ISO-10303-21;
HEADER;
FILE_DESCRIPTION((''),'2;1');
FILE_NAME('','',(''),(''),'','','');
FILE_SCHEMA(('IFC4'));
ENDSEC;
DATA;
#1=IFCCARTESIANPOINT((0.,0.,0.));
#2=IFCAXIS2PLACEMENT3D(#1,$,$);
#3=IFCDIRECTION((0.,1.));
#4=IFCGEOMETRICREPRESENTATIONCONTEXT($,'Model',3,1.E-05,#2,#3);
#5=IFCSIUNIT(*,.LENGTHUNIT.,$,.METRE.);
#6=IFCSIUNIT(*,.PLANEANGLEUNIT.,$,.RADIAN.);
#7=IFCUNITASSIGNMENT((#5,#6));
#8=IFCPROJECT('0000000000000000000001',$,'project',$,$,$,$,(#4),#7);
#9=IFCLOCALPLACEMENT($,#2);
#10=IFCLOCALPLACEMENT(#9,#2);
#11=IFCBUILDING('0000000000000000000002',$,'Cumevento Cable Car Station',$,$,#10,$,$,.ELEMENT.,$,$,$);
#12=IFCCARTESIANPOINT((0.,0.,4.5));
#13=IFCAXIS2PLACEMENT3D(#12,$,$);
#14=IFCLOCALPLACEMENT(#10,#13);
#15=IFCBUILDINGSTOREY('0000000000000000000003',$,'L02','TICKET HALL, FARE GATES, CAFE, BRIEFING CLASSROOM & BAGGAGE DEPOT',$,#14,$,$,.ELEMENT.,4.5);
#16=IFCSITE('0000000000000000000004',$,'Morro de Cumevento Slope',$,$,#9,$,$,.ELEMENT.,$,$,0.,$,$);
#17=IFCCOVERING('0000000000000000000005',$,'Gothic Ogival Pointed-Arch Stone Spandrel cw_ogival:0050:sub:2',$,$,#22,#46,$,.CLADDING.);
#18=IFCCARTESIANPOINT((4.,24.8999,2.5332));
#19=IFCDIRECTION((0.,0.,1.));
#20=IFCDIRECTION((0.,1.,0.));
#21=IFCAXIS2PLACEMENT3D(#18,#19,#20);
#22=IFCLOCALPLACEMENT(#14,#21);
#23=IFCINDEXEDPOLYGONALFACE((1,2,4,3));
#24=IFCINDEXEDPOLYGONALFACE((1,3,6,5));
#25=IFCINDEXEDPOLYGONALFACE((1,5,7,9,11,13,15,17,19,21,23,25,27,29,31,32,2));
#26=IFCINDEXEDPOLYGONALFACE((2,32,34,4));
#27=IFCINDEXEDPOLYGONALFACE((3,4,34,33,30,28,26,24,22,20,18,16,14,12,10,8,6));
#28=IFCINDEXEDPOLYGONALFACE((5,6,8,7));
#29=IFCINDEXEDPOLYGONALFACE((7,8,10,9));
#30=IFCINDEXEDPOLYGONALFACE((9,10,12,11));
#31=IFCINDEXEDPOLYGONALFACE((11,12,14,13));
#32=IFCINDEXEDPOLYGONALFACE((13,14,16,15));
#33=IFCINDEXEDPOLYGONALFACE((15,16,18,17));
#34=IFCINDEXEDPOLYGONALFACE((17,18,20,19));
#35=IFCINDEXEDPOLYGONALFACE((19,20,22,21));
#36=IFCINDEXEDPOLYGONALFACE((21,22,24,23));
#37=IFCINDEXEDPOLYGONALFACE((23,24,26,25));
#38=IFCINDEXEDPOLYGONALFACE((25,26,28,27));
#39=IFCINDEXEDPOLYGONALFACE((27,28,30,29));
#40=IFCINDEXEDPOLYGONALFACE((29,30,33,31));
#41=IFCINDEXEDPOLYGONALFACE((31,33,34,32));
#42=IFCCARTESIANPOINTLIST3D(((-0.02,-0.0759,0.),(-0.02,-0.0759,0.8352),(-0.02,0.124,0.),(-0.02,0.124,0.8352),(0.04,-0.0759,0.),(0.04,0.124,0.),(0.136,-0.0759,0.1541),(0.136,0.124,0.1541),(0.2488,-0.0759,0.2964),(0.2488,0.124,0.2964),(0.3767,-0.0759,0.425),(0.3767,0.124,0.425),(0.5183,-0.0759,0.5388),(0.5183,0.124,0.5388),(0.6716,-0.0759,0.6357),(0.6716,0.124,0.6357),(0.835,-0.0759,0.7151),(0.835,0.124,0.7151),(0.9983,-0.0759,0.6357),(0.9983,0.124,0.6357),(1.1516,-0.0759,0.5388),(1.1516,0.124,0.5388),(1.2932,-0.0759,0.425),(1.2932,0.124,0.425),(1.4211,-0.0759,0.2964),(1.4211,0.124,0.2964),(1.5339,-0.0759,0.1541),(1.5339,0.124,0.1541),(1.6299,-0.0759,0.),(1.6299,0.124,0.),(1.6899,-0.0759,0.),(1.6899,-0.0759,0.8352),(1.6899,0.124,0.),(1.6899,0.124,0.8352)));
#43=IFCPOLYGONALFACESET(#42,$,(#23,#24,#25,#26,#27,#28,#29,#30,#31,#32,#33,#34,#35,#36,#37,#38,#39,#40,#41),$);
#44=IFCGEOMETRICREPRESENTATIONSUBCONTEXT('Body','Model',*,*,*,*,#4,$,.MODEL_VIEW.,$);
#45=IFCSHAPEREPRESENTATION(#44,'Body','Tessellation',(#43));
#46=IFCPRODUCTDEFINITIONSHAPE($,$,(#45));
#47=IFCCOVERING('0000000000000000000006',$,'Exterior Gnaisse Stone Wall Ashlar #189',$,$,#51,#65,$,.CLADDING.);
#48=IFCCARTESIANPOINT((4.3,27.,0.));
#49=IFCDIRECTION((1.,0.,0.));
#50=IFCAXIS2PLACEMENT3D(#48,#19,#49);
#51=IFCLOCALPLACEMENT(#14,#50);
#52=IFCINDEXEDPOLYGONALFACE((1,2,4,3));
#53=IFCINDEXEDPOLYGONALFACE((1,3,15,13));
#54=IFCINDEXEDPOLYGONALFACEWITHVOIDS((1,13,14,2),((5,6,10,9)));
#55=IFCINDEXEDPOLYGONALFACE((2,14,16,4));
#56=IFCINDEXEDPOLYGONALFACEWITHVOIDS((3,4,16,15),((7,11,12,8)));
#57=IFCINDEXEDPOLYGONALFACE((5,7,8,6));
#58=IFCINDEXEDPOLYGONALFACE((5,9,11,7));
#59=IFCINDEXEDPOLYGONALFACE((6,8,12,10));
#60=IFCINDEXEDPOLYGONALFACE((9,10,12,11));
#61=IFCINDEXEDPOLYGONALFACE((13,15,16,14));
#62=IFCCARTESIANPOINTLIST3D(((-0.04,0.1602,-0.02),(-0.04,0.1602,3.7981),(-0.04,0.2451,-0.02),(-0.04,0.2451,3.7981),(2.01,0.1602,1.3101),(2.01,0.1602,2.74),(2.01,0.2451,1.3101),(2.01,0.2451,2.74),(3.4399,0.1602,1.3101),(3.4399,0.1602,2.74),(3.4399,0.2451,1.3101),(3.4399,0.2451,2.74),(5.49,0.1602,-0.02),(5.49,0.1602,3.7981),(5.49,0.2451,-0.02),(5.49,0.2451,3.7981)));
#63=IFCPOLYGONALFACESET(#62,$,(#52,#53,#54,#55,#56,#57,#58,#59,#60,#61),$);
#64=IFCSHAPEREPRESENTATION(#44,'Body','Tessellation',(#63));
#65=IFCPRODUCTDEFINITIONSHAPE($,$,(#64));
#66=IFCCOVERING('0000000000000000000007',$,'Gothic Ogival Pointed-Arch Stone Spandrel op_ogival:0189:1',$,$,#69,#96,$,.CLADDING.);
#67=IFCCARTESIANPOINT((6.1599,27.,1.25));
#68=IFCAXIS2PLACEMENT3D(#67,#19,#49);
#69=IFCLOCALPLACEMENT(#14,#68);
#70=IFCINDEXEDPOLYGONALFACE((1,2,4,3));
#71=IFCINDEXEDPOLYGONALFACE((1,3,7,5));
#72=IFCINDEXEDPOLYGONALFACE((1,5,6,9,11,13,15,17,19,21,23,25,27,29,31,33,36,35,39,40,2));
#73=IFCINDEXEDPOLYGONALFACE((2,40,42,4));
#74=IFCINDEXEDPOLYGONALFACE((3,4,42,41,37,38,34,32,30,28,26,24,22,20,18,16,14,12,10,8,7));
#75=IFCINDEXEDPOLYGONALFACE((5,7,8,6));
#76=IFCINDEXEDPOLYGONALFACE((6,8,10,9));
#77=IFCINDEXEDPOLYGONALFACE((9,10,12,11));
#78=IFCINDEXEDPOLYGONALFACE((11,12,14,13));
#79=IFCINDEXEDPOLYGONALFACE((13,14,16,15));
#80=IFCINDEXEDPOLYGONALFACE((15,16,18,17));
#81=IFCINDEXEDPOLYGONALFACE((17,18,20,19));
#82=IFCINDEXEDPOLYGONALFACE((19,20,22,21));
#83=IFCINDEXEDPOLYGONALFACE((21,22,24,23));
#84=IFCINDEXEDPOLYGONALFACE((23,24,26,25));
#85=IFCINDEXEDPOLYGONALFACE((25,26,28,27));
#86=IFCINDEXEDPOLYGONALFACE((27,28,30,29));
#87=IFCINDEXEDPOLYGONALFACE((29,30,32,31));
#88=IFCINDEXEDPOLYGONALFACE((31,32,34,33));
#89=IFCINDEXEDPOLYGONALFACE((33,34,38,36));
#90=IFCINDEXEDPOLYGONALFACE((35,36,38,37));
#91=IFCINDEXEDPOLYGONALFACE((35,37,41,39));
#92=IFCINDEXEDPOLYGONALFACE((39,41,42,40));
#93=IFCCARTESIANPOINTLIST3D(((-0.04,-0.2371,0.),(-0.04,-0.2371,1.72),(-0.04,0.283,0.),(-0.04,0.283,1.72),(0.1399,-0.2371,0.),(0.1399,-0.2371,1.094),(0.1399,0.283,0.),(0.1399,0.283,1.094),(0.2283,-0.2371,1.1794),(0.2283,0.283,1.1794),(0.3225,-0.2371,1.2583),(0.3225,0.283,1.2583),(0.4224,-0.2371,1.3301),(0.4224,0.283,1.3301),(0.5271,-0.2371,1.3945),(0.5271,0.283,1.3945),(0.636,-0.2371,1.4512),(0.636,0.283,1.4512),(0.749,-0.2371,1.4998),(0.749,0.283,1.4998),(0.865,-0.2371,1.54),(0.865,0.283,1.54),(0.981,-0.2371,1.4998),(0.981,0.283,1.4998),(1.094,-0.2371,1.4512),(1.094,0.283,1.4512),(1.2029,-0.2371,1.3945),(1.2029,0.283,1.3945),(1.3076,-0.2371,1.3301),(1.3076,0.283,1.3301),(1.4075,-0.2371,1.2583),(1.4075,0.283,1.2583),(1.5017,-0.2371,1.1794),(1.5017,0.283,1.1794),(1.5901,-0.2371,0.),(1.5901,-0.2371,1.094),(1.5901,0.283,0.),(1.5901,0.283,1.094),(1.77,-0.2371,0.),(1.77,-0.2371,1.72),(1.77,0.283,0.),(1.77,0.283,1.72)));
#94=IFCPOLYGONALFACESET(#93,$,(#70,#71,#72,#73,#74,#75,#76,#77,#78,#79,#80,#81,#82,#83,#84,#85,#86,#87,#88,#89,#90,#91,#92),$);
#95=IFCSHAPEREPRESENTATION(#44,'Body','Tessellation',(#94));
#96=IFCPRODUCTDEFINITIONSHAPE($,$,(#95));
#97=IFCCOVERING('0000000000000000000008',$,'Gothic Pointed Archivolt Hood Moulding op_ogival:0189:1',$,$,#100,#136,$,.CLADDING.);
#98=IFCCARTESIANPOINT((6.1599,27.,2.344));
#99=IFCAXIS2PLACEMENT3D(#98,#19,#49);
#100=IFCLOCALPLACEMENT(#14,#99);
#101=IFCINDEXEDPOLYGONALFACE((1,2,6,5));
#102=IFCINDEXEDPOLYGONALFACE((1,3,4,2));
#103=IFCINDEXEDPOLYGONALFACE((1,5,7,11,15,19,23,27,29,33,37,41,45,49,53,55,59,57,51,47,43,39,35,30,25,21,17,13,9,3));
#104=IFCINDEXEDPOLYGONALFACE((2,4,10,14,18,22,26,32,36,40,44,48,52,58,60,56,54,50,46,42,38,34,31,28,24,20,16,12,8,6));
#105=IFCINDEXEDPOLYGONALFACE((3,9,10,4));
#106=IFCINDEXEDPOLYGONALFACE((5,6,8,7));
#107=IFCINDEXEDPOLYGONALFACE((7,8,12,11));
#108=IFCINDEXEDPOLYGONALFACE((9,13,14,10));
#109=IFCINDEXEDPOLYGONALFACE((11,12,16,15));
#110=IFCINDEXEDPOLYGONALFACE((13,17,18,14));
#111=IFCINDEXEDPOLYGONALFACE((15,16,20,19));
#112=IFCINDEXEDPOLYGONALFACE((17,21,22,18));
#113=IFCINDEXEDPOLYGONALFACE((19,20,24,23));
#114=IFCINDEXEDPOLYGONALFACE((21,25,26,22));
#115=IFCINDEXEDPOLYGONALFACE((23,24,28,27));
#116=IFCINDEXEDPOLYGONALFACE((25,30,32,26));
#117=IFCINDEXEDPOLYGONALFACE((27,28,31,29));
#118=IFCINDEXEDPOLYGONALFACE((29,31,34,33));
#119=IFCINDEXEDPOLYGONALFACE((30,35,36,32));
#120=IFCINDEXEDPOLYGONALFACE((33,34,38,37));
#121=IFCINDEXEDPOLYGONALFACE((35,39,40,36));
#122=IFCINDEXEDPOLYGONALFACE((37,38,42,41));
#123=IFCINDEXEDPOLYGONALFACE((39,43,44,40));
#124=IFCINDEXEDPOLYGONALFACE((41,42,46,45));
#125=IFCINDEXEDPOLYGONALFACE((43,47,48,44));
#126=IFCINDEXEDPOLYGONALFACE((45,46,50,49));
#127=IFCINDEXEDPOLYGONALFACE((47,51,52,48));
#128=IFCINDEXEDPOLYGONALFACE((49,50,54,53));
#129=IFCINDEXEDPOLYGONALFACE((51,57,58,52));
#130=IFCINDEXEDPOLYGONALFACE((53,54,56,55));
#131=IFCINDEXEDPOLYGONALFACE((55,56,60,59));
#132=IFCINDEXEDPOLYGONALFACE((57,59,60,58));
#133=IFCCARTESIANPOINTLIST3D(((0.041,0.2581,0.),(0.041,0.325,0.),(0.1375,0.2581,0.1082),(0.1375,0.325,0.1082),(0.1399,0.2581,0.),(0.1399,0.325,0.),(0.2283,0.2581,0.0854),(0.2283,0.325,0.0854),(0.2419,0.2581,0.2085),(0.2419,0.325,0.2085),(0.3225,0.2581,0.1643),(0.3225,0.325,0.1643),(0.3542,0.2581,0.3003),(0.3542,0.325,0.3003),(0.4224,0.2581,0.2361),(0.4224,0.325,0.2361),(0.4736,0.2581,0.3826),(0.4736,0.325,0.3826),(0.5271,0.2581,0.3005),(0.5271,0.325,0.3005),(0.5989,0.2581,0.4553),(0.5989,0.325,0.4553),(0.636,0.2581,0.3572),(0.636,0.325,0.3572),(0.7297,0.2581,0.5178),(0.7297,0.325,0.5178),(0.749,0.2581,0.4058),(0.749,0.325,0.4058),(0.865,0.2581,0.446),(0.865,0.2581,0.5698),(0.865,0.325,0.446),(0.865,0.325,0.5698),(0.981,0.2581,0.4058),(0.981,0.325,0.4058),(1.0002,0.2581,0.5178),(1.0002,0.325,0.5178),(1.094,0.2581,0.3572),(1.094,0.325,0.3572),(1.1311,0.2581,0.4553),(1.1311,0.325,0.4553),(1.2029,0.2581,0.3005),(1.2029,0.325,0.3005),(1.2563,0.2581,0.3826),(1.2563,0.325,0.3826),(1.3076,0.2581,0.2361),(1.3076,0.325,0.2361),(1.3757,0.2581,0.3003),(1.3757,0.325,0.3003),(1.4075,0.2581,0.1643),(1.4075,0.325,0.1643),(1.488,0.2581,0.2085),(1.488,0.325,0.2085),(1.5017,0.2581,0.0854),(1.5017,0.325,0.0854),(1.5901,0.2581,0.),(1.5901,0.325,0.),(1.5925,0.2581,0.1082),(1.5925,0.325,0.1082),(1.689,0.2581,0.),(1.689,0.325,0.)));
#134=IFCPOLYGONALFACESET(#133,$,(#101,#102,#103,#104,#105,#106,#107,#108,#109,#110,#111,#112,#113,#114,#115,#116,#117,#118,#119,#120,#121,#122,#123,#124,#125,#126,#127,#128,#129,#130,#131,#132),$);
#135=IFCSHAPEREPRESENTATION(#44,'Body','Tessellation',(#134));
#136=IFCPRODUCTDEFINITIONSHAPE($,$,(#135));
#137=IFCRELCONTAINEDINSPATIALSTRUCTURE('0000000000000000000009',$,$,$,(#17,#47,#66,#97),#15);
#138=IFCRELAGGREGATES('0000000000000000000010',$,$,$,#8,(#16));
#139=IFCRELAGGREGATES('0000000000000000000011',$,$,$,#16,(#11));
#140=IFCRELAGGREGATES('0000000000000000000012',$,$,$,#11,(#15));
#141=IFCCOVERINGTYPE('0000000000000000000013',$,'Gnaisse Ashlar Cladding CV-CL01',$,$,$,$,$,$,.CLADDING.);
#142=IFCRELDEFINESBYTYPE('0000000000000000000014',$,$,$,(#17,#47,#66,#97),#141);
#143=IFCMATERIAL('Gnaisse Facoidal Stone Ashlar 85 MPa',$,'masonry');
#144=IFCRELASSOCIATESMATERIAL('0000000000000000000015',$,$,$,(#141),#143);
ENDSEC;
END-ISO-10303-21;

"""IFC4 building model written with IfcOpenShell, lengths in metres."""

from ifc_helpers import new_model, si_unit, direction, frame, origin, place, context, subcontext, project, spatial, polyline, outline, extrude, material, type_object, element, save


model = new_model("IFC4")

# Units and contexts
model_context = context("Model", 3, precision=1e-05, world=origin(), true_north=direction((0.0, 1.0)))
body_context = subcontext(model_context, "Body", "Model", "MODEL_VIEW")
ifc_project = project(units=[si_unit("LENGTHUNIT", "METRE"), si_unit("PLANEANGLEUNIT", "RADIAN")], contexts=[model_context])

# Site, building, storey
site_placement = place(None, origin())
site = spatial("IfcSite", under=ifc_project, at=site_placement, Name="Morro de Cumevento Slope", CompositionType="ELEMENT", RefElevation=0.0)
building_placement = place(site_placement, origin())
building = spatial("IfcBuilding", under=site, at=building_placement, Name="Cumevento Cable Car Station", CompositionType="ELEMENT")
storey_placement = place(building_placement, frame((0.0, 0.0, 4.5)))
storey = spatial("IfcBuildingStorey", under=building, at=storey_placement, Name="L02", Description="TICKET HALL, FARE GATES, CAFE, BRIEFING CLASSROOM & BAGGAGE DEPOT", CompositionType="ELEMENT", Elevation=4.5)

# Coverings
ifc_material_1 = material(Name="Gnaisse Facoidal Stone Ashlar 85 MPa", Category="masonry")
covering_type = type_object("IfcCoveringType", Name="Gnaisse Ashlar Cladding CV-CL01", PredefinedType="CLADDING", material=ifc_material_1)
covering_1_placement = place(storey_placement, frame((4.0, 24.8999, 2.5332), z_axis=(0.0, 0.0, 1.0), x_axis=(0.0, 1.0, 0.0)))
element("IfcCovering", 1, at=covering_1_placement, inside=storey, type_object=covering_type, Name="Gothic Ogival Pointed-Arch Stone Spandrel cw_ogival:0050:sub:2", PredefinedType="CLADDING", context=body_context, shape_type="SweptSolid", body=[
    extrude(outline(polyline([(-0.02, 0.0), (-0.02, 0.8352), (1.6899, 0.8352), (1.6899, 0.0), (1.6299, 0.0), (1.5339, 0.1541), (1.4211, 0.2964), (1.2932, 0.425), (1.1516, 0.5388), (0.9983, 0.6357), (0.835, 0.7151), (0.6716, 0.6357), (0.5183, 0.5388), (0.3767, 0.425), (0.2488, 0.2964), (0.136, 0.1541), (0.04, 0.0), (-0.02, 0.0)])), frame((0.0, 0.124, 0.0), z_axis=(0.0, -1.0, 0.0), x_axis=(1.0, 0.0, 0.0)), (0.0, 0.0, 1.0), 0.2),
])
covering_2_placement = place(storey_placement, frame((4.3, 27.0, 0.0), z_axis=(0.0, 0.0, 1.0), x_axis=(1.0, 0.0, 0.0)))
element("IfcCovering", 2, at=covering_2_placement, inside=storey, type_object=covering_type, Name="Exterior Gnaisse Stone Wall Ashlar #189", PredefinedType="CLADDING", context=body_context, shape_type="SweptSolid", body=[
    extrude(outline(polyline([(-0.04, -0.02), (5.49, -0.02), (5.49, 3.7981), (-0.04, 3.7981), (-0.04, -0.02)]), holes=[polyline([(2.01, 1.3101), (3.4399, 1.3101), (3.4399, 2.74), (2.01, 2.74), (2.01, 1.3101)])]), frame((0.0, 0.2451, 0.0), z_axis=(0.0, -1.0, 0.0), x_axis=(1.0, 0.0, 0.0)), (0.0, 0.0, 1.0), 0.085),
])
covering_3_placement = place(storey_placement, frame((6.1599, 27.0, 1.25), z_axis=(0.0, 0.0, 1.0), x_axis=(1.0, 0.0, 0.0)))
element("IfcCovering", 3, at=covering_3_placement, inside=storey, type_object=covering_type, Name="Gothic Ogival Pointed-Arch Stone Spandrel op_ogival:0189:1", PredefinedType="CLADDING", context=body_context, shape_type="SweptSolid", body=[
    extrude(outline(polyline([(-0.04, 0.0), (-0.04, 1.72), (1.77, 1.72), (1.77, 0.0), (1.5901, 0.0), (1.5901, 1.094), (1.5017, 1.1794), (1.4075, 1.2583), (1.3076, 1.3301), (1.2029, 1.3945), (1.094, 1.4512), (0.981, 1.4998), (0.865, 1.54), (0.749, 1.4998), (0.636, 1.4512), (0.5271, 1.3945), (0.4224, 1.3301), (0.3225, 1.2583), (0.2283, 1.1794), (0.1399, 1.094), (0.1399, 0.0), (-0.04, 0.0)])), frame((0.0, 0.283, 0.0), z_axis=(0.0, -1.0, 0.0), x_axis=(1.0, 0.0, 0.0)), (0.0, 0.0, 1.0), 0.52),
])
covering_4_placement = place(storey_placement, frame((6.1599, 27.0, 2.344), z_axis=(0.0, 0.0, 1.0), x_axis=(1.0, 0.0, 0.0)))
element("IfcCovering", 4, at=covering_4_placement, inside=storey, type_object=covering_type, Name="Gothic Pointed Archivolt Hood Moulding op_ogival:0189:1", PredefinedType="CLADDING", context=body_context, shape_type="SweptSolid", body=[
    extrude(outline(polyline([(0.1399, 0.0), (0.2283, 0.0854), (0.3225, 0.1643), (0.4224, 0.2361), (0.5271, 0.3005), (0.636, 0.3572), (0.749, 0.4058), (0.865, 0.446), (0.981, 0.4058), (1.094, 0.3572), (1.2029, 0.3005), (1.3076, 0.2361), (1.4075, 0.1643), (1.5017, 0.0854), (1.5901, 0.0), (1.689, 0.0), (1.5925, 0.1082), (1.488, 0.2085), (1.3757, 0.3003), (1.2563, 0.3826), (1.1311, 0.4553), (1.0002, 0.5178), (0.865, 0.5698), (0.7297, 0.5178), (0.5989, 0.4553), (0.4736, 0.3826), (0.3542, 0.3003), (0.2419, 0.2085), (0.1375, 0.1082), (0.041, 0.0), (0.1399, 0.0)])), frame((0.0, 0.325, 0.0), z_axis=(0.0, -1.0, 0.0), x_axis=(1.0, 0.0, 0.0)), (0.0, 0.0, 1.0), 0.0669),
])

save(model, "model.ifc")
